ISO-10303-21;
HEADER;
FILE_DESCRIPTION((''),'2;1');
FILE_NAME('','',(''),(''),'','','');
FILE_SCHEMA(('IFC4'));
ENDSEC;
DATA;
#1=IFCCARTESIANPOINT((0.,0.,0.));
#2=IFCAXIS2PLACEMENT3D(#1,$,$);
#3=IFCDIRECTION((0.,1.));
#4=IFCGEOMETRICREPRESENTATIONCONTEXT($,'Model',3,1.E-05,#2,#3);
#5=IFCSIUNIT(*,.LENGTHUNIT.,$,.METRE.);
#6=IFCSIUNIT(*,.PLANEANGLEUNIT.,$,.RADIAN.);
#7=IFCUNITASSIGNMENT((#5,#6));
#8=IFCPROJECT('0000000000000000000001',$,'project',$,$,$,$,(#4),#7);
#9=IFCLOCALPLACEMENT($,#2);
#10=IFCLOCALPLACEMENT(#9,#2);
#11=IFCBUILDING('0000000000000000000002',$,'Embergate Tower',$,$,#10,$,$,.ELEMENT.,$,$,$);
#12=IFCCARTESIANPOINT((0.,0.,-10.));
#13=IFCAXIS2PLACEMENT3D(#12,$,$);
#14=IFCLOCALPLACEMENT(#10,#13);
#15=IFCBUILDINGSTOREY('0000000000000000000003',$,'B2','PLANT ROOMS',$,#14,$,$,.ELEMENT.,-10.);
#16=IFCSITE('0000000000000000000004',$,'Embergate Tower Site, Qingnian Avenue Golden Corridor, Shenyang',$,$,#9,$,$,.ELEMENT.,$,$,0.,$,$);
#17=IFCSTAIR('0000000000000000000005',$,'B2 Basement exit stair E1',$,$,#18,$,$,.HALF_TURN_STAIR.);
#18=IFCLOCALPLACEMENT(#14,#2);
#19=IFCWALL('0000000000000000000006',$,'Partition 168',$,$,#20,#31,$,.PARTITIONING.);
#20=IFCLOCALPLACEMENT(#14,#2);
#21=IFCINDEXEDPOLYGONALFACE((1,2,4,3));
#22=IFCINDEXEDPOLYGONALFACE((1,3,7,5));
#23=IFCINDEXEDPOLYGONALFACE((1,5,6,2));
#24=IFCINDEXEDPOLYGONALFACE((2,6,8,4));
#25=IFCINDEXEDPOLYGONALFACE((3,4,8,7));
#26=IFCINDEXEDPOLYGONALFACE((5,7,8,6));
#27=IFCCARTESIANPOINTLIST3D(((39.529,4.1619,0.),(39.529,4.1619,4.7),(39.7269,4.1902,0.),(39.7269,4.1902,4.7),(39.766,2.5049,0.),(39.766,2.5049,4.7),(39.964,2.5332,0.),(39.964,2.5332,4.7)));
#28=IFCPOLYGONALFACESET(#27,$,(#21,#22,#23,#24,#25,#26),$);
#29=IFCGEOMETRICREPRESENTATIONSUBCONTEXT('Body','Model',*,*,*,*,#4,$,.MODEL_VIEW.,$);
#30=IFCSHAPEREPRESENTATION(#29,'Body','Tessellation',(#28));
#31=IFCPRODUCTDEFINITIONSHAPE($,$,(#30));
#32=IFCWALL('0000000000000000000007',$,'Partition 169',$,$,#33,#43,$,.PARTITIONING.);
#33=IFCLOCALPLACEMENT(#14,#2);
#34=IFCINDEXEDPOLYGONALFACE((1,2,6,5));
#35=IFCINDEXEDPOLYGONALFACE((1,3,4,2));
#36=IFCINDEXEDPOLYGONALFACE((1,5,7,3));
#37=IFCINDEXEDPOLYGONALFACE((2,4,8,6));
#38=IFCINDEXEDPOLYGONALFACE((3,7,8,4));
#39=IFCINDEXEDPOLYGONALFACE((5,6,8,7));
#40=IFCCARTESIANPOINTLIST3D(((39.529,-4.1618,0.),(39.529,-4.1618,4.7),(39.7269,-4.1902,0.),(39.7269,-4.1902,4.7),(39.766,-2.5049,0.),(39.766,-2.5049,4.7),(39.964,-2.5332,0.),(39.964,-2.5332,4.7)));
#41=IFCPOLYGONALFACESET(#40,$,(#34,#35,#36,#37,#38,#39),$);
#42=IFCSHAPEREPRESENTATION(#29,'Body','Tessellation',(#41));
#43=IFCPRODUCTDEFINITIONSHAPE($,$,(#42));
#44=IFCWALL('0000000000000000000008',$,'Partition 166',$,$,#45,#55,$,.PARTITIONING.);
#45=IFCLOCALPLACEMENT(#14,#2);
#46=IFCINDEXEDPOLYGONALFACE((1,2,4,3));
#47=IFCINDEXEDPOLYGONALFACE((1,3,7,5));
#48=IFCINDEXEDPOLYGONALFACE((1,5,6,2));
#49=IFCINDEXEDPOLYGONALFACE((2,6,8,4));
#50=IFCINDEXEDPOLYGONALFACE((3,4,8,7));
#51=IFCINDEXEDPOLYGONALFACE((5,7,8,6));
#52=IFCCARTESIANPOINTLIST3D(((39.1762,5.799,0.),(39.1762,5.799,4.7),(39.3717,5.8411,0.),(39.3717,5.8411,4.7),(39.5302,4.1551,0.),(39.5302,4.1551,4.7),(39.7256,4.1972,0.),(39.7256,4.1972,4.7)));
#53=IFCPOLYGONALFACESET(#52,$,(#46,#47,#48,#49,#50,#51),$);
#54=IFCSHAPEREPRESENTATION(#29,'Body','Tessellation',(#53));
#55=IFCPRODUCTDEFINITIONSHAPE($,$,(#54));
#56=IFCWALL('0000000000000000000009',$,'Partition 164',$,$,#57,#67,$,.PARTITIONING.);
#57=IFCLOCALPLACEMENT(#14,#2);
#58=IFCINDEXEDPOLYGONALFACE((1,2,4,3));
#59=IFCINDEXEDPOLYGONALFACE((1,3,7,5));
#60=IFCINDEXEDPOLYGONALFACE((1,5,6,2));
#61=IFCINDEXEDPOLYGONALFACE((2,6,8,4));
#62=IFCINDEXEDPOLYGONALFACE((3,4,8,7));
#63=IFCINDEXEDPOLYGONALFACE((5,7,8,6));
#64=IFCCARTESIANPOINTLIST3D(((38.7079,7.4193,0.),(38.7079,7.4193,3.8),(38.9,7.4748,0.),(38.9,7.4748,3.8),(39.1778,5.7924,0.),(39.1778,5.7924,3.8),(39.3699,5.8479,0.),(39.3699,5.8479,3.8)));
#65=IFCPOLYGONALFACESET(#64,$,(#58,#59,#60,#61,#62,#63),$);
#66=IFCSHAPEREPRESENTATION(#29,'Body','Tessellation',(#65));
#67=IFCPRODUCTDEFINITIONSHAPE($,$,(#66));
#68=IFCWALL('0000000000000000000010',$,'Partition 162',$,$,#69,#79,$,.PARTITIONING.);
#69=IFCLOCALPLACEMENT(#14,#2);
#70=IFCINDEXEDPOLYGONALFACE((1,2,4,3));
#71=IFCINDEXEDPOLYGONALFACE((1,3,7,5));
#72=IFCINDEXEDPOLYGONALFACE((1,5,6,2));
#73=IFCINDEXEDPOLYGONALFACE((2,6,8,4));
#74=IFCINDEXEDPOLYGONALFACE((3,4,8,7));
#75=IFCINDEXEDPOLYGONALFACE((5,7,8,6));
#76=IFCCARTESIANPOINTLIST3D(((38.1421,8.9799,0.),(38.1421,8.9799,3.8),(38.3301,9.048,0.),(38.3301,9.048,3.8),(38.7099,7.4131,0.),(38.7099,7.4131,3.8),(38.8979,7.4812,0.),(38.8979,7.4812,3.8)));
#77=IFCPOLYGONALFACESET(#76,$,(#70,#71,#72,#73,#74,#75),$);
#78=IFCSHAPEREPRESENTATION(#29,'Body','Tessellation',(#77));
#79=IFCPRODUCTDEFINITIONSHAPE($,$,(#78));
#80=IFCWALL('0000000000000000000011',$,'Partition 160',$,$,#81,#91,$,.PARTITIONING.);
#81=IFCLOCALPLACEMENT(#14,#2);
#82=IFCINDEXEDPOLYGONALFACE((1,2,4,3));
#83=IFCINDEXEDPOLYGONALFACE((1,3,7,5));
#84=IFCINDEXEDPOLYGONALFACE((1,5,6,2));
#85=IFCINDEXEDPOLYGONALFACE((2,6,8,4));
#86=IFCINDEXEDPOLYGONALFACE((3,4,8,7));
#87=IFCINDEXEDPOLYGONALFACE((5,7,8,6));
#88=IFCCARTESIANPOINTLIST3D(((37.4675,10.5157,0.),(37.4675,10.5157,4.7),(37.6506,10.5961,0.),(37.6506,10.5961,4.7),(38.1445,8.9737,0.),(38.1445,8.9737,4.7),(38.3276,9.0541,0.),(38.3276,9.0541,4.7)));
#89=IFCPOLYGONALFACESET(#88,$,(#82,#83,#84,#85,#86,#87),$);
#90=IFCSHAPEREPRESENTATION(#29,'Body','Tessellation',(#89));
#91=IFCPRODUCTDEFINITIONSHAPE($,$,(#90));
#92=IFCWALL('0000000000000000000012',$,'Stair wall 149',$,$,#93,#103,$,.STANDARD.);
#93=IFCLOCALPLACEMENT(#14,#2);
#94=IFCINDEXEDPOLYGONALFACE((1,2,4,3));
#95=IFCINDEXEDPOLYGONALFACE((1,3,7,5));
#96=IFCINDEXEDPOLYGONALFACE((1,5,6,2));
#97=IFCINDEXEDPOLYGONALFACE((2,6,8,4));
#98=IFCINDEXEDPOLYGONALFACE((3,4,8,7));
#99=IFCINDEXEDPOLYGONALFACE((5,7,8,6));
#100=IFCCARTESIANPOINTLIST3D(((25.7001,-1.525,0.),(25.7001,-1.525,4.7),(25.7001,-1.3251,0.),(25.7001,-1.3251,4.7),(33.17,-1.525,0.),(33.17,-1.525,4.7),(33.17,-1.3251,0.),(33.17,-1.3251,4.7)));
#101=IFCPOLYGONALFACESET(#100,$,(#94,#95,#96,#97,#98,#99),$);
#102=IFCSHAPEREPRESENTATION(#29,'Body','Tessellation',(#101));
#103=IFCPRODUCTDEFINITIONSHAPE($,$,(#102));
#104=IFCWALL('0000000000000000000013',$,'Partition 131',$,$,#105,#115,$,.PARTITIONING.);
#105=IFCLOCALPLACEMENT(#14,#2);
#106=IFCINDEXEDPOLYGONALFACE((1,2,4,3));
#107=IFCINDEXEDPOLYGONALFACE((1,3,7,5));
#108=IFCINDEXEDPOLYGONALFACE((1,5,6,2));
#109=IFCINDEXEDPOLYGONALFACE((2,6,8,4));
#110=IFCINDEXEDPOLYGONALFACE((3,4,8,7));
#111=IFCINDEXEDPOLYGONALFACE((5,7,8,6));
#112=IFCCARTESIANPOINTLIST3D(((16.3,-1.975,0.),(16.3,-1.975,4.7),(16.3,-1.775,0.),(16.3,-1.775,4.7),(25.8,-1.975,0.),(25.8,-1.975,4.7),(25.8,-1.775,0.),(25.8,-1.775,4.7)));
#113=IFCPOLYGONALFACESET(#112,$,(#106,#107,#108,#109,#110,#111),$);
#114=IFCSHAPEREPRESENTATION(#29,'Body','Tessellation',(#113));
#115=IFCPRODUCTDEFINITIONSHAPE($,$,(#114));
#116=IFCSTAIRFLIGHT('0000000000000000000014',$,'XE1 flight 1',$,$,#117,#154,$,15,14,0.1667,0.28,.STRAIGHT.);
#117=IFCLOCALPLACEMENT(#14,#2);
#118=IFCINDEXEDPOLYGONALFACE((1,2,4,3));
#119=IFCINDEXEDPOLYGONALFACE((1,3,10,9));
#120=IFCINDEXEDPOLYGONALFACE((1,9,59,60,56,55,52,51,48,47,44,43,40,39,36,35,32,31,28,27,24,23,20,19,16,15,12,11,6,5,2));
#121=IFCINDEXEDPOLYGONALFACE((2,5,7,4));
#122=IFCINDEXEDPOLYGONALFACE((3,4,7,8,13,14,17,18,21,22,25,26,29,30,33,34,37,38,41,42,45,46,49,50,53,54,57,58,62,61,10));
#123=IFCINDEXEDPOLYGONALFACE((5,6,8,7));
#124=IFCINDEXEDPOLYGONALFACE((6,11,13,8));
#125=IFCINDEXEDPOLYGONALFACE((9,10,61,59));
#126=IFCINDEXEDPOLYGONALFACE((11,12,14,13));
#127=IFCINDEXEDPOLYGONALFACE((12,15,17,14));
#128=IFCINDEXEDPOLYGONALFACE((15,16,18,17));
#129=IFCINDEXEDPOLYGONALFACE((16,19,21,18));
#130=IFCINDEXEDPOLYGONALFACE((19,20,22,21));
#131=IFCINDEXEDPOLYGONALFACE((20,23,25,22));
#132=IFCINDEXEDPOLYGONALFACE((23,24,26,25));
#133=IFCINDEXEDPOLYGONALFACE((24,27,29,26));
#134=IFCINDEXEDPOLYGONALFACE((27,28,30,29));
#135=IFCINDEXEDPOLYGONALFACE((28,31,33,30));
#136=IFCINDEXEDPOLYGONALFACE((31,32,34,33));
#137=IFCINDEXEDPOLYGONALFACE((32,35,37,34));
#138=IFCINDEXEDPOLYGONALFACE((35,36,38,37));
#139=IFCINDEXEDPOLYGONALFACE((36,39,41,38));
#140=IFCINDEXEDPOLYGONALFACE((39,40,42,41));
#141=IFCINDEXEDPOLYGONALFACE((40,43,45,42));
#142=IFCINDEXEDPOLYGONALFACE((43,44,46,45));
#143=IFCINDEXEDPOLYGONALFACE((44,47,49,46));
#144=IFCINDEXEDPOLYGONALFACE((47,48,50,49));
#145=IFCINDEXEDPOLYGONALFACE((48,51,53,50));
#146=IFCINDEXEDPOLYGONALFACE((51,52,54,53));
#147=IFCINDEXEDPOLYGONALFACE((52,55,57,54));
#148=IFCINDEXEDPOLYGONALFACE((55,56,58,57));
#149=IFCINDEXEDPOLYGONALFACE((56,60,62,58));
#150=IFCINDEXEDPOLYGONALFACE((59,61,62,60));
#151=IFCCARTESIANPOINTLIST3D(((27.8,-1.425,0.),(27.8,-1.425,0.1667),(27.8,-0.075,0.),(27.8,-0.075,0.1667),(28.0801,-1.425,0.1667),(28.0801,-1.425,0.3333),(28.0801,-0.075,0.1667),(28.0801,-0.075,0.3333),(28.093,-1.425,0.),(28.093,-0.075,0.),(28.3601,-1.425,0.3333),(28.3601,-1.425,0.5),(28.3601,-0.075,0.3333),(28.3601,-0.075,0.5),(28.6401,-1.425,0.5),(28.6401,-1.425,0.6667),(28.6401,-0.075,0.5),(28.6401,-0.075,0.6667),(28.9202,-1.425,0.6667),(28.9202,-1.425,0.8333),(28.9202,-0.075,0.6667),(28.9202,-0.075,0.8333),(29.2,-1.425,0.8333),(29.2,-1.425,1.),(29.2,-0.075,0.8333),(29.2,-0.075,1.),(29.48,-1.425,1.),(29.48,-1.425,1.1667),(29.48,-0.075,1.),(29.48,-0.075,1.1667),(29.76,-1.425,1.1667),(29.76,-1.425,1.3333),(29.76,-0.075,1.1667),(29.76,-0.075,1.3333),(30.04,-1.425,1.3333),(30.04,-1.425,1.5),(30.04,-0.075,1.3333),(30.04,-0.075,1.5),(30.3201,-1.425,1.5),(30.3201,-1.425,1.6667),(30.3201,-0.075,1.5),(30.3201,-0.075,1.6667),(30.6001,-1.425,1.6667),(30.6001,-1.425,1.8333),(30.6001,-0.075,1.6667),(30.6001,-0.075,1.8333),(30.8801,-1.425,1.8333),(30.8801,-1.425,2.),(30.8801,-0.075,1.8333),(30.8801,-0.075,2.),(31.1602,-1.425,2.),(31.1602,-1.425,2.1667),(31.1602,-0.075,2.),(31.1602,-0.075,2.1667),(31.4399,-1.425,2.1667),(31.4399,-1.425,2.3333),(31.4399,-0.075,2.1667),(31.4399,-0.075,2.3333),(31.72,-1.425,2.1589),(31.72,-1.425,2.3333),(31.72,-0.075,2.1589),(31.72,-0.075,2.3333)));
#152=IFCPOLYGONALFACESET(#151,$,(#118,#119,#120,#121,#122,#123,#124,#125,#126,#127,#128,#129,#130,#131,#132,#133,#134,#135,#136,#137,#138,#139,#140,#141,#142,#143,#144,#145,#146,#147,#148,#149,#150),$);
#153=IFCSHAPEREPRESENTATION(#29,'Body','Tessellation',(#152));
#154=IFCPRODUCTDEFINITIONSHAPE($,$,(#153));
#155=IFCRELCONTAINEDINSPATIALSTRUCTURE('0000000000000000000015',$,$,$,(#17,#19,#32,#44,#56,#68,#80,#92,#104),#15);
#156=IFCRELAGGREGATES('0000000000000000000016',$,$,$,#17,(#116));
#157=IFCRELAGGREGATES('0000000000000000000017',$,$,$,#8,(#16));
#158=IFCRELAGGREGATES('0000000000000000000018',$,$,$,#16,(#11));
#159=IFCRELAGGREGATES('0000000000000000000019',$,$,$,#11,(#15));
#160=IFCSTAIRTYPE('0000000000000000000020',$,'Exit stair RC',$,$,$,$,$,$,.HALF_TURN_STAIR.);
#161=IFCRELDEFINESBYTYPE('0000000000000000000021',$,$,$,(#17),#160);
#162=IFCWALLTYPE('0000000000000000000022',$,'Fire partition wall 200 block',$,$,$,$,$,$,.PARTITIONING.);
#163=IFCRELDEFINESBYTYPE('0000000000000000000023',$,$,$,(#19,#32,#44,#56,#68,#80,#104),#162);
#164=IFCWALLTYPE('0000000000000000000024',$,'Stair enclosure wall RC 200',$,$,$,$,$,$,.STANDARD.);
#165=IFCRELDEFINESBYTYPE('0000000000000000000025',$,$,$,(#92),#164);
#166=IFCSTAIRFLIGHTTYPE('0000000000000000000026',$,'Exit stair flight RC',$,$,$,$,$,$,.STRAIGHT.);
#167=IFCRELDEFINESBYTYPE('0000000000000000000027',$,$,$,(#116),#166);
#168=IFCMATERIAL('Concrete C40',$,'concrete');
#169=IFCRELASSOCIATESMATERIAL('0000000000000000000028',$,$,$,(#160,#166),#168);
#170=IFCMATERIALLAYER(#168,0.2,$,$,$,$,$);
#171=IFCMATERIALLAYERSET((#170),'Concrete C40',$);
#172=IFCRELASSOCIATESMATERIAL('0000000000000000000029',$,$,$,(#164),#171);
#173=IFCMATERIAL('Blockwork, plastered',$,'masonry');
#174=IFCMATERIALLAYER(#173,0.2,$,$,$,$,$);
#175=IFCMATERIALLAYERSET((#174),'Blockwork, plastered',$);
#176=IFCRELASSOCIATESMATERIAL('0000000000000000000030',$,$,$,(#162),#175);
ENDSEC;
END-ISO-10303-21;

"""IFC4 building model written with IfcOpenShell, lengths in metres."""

from ifc_helpers import new_model, si_unit, direction, frame, frame_2d, origin, place, context, subcontext, project, spatial, polyline, rectangle, outline, extrude, source, transform, mapped, material, layer, layer_set, type_object, element, aggregate, save


model = new_model("IFC4")

# Units and contexts
model_context = context("Model", 3, precision=1e-05, world=origin(), true_north=direction((0.0, 1.0)))
body_context = subcontext(model_context, "Body", "Model", "MODEL_VIEW")
ifc_project = project(units=[si_unit("LENGTHUNIT", "METRE"), si_unit("PLANEANGLEUNIT", "RADIAN")], contexts=[model_context])

# Site, building, storey
site_placement = place(None, origin())
site = spatial("IfcSite", under=ifc_project, at=site_placement, Name="Embergate Tower Site, Qingnian Avenue Golden Corridor, Shenyang", CompositionType="ELEMENT", RefElevation=0.0)
building_placement = place(site_placement, origin())
building = spatial("IfcBuilding", under=site, at=building_placement, Name="Embergate Tower", CompositionType="ELEMENT")
storey_placement = place(building_placement, frame((0.0, 0.0, -10.0)))
storey = spatial("IfcBuildingStorey", under=building, at=storey_placement, Name="B2", Description="PLANT ROOMS", CompositionType="ELEMENT", Elevation=-10.0)

# Shared definitions
ifc_material_1 = material(Name="Concrete C40", Category="concrete")

# Stair
stair_type = type_object("IfcStairType", Name="Exit stair RC", PredefinedType="HALF_TURN_STAIR", material=ifc_material_1)
stair_placement = place(storey_placement, origin())
stair = element("IfcStair", 1, at=stair_placement, inside=storey, type_object=stair_type, Name="B2 Basement exit stair E1", PredefinedType="HALF_TURN_STAIR")

# Shared definitions
ifc_layer_1 = layer(ifc_material_1, 0.2)
ifc_layer_set_1 = layer_set([ifc_layer_1], Name="Concrete C40")
wall_type_1 = type_object("IfcWallType", Name="Stair enclosure wall RC 200", PredefinedType="STANDARD", material=ifc_layer_set_1)

# Walls
ifc_material_2 = material(Name="Blockwork, plastered", Category="masonry")
ifc_layer_2 = layer(ifc_material_2, 0.2)
ifc_layer_set_2 = layer_set([ifc_layer_2], Name="Blockwork, plastered")
wall_type_2 = type_object("IfcWallType", Name="Fire partition wall 200 block", PredefinedType="PARTITIONING", material=ifc_layer_set_2)
shared_shape_1 = source(origin(), body_context, "Body", "SweptSolid", [
    extrude(rectangle(XDim=1.6738, YDim=0.2, at=frame_2d((0.8369, 0.0))), origin(), (0.0, 0.0, 1.0), 4.7),
])
for number, where, z_axis, x_axis, name in (
    (2, (39.6279, 4.176, 0.0), (0.0, 0.0, 1.0), (0.141626, -0.98992, 0.0), "Partition 168"),
    (3, (39.865, -2.519, 0.0), (0.0, 0.0, 1.0), (-0.141626, -0.98992, 0.0), "Partition 169"),
):
    element("IfcWall", number, at=place(storey_placement, frame(where, z_axis=z_axis, x_axis=x_axis)), inside=storey, type_object=wall_type_2, Name=name, PredefinedType="PARTITIONING", context=body_context, shape_type="MappedRepresentation", body=[
        mapped(shared_shape_1, transform((0.0, 0.0, 0.0))),
    ])
shared_shape_2 = source(origin(), body_context, "Body", "SweptSolid", [
    extrude(rectangle(XDim=1.6816, YDim=0.2, at=frame_2d((0.8408, 0.0))), origin(), (0.0, 0.0, 1.0), 4.7),
])
wall_1_placement = place(storey_placement, frame((39.2739, 5.8201, 0.0), z_axis=(0.0, 0.0, 1.0), x_axis=(0.210501, -0.977594, 0.0)))
element("IfcWall", 4, at=wall_1_placement, inside=storey, type_object=wall_type_2, Name="Partition 166", PredefinedType="PARTITIONING", context=body_context, shape_type="MappedRepresentation", body=[
    mapped(shared_shape_2, transform((0.0, 0.0, 0.0))),
])
shared_shape_3 = source(origin(), body_context, "Body", "SweptSolid", [
    extrude(rectangle(XDim=1.6934, YDim=0.2, at=frame_2d((0.8467, 0.0))), origin(), (0.0, 0.0, 1.0), 3.8),
])
wall_2_placement = place(storey_placement, frame((38.804, 7.447, 0.0), z_axis=(0.0, 0.0, 1.0), x_axis=(0.277519, -0.96072, 0.0)))
element("IfcWall", 5, at=wall_2_placement, inside=storey, type_object=wall_type_2, Name="Partition 164", PredefinedType="PARTITIONING", context=body_context, shape_type="MappedRepresentation", body=[
    mapped(shared_shape_3, transform((0.0, 0.0, 0.0))),
])
shared_shape_4 = source(origin(), body_context, "Body", "SweptSolid", [
    extrude(rectangle(XDim=1.6665, YDim=0.2, at=frame_2d((0.8333, 0.0))), origin(), (0.0, 0.0, 1.0), 3.8),
])
wall_3_placement = place(storey_placement, frame((38.2361, 9.0139, 0.0), z_axis=(0.0, 0.0, 1.0), x_axis=(0.340731, -0.940161, 0.0)))
element("IfcWall", 6, at=wall_3_placement, inside=storey, type_object=wall_type_2, Name="Partition 162", PredefinedType="PARTITIONING", context=body_context, shape_type="MappedRepresentation", body=[
    mapped(shared_shape_4, transform((0.0, 0.0, 0.0))),
])
shared_shape_5 = source(origin(), body_context, "Body", "SweptSolid", [
    extrude(rectangle(XDim=1.6841, YDim=0.2, at=frame_2d((0.842, 0.0))), origin(), (0.0, 0.0, 1.0), 4.7),
])
wall_4_placement = place(storey_placement, frame((37.5591, 10.5559, 0.0), z_axis=(0.0, 0.0, 1.0), x_axis=(0.402005, -0.915638, 0.0)))
element("IfcWall", 7, at=wall_4_placement, inside=storey, type_object=wall_type_2, Name="Partition 160", PredefinedType="PARTITIONING", context=body_context, shape_type="MappedRepresentation", body=[
    mapped(shared_shape_5, transform((0.0, 0.0, 0.0))),
])
shared_shape_6 = source(origin(), body_context, "Body", "SweptSolid", [
    extrude(rectangle(XDim=7.47, YDim=0.2, at=frame_2d((3.7349, 0.0))), origin(), (0.0, 0.0, 1.0), 4.7),
])
wall_5_placement = place(storey_placement, frame((33.1699, -1.425, 0.0), z_axis=(0.0, 0.0, 1.0), x_axis=(-1.0, 0.0, 0.0)))
element("IfcWall", 8, at=wall_5_placement, inside=storey, type_object=wall_type_1, Name="Stair wall 149", PredefinedType="STANDARD", context=body_context, shape_type="MappedRepresentation", body=[
    mapped(shared_shape_6, transform((0.0, 0.0, 0.0))),
])
shared_shape_7 = source(origin(), body_context, "Body", "SweptSolid", [
    extrude(rectangle(XDim=9.5, YDim=0.2, at=frame_2d((4.75, 0.0))), origin(), (0.0, 0.0, 1.0), 4.7),
])
wall_6_placement = place(storey_placement, frame((25.8, -1.875, 0.0), z_axis=(0.0, 0.0, 1.0), x_axis=(-1.0, 0.0, 0.0)))
element("IfcWall", 9, at=wall_6_placement, inside=storey, type_object=wall_type_2, Name="Partition 131", PredefinedType="PARTITIONING", context=body_context, shape_type="MappedRepresentation", body=[
    mapped(shared_shape_7, transform((0.0, 0.0, 0.0))),
])

# Stair flight
stair_flight_type = type_object("IfcStairFlightType", Name="Exit stair flight RC", PredefinedType="STRAIGHT", material=ifc_material_1)
shared_shape_8 = source(origin(), body_context, "Body", "SweptSolid", [
    extrude(outline(polyline([(0.0, 0.0), (0.0, 0.1667), (0.28, 0.1667), (0.28, 0.3333), (0.5601, 0.3333), (0.5601, 0.5), (0.8401, 0.5), (0.8401, 0.6667), (1.1201, 0.6667), (1.1201, 0.8333), (1.3999, 0.8333), (1.3999, 1.0), (1.6799, 1.0), (1.6799, 1.1667), (1.96, 1.1667), (1.96, 1.3333), (2.24, 1.3333), (2.24, 1.5), (2.52, 1.5), (2.52, 1.6667), (2.8, 1.6667), (2.8, 1.8333), (3.0801, 1.8333), (3.0801, 2.0), (3.3601, 2.0), (3.3601, 2.1667), (3.6399, 2.1667), (3.6399, 2.3333), (3.9199, 2.3333), (3.9199, 2.5), (3.9199, 2.1589), (0.293, 0.0), (0.0, 0.0)])), frame((0.0, 0.675, 0.0), z_axis=(0.0, -1.0, 0.0), x_axis=(1.0, 0.0, 0.0)), (0.0, 0.0, 1.0), 1.3501),
])
stair_flight_1_placement = place(storey_placement, frame((27.8, -0.75, 0.0), z_axis=(0.0, 0.0, 1.0), x_axis=(1.0, 0.0, 0.0)))
stair_flight_1 = element("IfcStairFlight", 10, at=stair_flight_1_placement, type_object=stair_flight_type, Name="XE1 flight 1", NumberOfRisers=15, NumberOfTreads=14, PredefinedType="STRAIGHT", RiserHeight=0.1667, TreadLength=0.28, context=body_context, shape_type="MappedRepresentation", body=[
    mapped(shared_shape_8, transform((0.0, 0.0, 0.0))),
])
aggregate(stair, [stair_flight_1])

save(model, "model.ifc")
